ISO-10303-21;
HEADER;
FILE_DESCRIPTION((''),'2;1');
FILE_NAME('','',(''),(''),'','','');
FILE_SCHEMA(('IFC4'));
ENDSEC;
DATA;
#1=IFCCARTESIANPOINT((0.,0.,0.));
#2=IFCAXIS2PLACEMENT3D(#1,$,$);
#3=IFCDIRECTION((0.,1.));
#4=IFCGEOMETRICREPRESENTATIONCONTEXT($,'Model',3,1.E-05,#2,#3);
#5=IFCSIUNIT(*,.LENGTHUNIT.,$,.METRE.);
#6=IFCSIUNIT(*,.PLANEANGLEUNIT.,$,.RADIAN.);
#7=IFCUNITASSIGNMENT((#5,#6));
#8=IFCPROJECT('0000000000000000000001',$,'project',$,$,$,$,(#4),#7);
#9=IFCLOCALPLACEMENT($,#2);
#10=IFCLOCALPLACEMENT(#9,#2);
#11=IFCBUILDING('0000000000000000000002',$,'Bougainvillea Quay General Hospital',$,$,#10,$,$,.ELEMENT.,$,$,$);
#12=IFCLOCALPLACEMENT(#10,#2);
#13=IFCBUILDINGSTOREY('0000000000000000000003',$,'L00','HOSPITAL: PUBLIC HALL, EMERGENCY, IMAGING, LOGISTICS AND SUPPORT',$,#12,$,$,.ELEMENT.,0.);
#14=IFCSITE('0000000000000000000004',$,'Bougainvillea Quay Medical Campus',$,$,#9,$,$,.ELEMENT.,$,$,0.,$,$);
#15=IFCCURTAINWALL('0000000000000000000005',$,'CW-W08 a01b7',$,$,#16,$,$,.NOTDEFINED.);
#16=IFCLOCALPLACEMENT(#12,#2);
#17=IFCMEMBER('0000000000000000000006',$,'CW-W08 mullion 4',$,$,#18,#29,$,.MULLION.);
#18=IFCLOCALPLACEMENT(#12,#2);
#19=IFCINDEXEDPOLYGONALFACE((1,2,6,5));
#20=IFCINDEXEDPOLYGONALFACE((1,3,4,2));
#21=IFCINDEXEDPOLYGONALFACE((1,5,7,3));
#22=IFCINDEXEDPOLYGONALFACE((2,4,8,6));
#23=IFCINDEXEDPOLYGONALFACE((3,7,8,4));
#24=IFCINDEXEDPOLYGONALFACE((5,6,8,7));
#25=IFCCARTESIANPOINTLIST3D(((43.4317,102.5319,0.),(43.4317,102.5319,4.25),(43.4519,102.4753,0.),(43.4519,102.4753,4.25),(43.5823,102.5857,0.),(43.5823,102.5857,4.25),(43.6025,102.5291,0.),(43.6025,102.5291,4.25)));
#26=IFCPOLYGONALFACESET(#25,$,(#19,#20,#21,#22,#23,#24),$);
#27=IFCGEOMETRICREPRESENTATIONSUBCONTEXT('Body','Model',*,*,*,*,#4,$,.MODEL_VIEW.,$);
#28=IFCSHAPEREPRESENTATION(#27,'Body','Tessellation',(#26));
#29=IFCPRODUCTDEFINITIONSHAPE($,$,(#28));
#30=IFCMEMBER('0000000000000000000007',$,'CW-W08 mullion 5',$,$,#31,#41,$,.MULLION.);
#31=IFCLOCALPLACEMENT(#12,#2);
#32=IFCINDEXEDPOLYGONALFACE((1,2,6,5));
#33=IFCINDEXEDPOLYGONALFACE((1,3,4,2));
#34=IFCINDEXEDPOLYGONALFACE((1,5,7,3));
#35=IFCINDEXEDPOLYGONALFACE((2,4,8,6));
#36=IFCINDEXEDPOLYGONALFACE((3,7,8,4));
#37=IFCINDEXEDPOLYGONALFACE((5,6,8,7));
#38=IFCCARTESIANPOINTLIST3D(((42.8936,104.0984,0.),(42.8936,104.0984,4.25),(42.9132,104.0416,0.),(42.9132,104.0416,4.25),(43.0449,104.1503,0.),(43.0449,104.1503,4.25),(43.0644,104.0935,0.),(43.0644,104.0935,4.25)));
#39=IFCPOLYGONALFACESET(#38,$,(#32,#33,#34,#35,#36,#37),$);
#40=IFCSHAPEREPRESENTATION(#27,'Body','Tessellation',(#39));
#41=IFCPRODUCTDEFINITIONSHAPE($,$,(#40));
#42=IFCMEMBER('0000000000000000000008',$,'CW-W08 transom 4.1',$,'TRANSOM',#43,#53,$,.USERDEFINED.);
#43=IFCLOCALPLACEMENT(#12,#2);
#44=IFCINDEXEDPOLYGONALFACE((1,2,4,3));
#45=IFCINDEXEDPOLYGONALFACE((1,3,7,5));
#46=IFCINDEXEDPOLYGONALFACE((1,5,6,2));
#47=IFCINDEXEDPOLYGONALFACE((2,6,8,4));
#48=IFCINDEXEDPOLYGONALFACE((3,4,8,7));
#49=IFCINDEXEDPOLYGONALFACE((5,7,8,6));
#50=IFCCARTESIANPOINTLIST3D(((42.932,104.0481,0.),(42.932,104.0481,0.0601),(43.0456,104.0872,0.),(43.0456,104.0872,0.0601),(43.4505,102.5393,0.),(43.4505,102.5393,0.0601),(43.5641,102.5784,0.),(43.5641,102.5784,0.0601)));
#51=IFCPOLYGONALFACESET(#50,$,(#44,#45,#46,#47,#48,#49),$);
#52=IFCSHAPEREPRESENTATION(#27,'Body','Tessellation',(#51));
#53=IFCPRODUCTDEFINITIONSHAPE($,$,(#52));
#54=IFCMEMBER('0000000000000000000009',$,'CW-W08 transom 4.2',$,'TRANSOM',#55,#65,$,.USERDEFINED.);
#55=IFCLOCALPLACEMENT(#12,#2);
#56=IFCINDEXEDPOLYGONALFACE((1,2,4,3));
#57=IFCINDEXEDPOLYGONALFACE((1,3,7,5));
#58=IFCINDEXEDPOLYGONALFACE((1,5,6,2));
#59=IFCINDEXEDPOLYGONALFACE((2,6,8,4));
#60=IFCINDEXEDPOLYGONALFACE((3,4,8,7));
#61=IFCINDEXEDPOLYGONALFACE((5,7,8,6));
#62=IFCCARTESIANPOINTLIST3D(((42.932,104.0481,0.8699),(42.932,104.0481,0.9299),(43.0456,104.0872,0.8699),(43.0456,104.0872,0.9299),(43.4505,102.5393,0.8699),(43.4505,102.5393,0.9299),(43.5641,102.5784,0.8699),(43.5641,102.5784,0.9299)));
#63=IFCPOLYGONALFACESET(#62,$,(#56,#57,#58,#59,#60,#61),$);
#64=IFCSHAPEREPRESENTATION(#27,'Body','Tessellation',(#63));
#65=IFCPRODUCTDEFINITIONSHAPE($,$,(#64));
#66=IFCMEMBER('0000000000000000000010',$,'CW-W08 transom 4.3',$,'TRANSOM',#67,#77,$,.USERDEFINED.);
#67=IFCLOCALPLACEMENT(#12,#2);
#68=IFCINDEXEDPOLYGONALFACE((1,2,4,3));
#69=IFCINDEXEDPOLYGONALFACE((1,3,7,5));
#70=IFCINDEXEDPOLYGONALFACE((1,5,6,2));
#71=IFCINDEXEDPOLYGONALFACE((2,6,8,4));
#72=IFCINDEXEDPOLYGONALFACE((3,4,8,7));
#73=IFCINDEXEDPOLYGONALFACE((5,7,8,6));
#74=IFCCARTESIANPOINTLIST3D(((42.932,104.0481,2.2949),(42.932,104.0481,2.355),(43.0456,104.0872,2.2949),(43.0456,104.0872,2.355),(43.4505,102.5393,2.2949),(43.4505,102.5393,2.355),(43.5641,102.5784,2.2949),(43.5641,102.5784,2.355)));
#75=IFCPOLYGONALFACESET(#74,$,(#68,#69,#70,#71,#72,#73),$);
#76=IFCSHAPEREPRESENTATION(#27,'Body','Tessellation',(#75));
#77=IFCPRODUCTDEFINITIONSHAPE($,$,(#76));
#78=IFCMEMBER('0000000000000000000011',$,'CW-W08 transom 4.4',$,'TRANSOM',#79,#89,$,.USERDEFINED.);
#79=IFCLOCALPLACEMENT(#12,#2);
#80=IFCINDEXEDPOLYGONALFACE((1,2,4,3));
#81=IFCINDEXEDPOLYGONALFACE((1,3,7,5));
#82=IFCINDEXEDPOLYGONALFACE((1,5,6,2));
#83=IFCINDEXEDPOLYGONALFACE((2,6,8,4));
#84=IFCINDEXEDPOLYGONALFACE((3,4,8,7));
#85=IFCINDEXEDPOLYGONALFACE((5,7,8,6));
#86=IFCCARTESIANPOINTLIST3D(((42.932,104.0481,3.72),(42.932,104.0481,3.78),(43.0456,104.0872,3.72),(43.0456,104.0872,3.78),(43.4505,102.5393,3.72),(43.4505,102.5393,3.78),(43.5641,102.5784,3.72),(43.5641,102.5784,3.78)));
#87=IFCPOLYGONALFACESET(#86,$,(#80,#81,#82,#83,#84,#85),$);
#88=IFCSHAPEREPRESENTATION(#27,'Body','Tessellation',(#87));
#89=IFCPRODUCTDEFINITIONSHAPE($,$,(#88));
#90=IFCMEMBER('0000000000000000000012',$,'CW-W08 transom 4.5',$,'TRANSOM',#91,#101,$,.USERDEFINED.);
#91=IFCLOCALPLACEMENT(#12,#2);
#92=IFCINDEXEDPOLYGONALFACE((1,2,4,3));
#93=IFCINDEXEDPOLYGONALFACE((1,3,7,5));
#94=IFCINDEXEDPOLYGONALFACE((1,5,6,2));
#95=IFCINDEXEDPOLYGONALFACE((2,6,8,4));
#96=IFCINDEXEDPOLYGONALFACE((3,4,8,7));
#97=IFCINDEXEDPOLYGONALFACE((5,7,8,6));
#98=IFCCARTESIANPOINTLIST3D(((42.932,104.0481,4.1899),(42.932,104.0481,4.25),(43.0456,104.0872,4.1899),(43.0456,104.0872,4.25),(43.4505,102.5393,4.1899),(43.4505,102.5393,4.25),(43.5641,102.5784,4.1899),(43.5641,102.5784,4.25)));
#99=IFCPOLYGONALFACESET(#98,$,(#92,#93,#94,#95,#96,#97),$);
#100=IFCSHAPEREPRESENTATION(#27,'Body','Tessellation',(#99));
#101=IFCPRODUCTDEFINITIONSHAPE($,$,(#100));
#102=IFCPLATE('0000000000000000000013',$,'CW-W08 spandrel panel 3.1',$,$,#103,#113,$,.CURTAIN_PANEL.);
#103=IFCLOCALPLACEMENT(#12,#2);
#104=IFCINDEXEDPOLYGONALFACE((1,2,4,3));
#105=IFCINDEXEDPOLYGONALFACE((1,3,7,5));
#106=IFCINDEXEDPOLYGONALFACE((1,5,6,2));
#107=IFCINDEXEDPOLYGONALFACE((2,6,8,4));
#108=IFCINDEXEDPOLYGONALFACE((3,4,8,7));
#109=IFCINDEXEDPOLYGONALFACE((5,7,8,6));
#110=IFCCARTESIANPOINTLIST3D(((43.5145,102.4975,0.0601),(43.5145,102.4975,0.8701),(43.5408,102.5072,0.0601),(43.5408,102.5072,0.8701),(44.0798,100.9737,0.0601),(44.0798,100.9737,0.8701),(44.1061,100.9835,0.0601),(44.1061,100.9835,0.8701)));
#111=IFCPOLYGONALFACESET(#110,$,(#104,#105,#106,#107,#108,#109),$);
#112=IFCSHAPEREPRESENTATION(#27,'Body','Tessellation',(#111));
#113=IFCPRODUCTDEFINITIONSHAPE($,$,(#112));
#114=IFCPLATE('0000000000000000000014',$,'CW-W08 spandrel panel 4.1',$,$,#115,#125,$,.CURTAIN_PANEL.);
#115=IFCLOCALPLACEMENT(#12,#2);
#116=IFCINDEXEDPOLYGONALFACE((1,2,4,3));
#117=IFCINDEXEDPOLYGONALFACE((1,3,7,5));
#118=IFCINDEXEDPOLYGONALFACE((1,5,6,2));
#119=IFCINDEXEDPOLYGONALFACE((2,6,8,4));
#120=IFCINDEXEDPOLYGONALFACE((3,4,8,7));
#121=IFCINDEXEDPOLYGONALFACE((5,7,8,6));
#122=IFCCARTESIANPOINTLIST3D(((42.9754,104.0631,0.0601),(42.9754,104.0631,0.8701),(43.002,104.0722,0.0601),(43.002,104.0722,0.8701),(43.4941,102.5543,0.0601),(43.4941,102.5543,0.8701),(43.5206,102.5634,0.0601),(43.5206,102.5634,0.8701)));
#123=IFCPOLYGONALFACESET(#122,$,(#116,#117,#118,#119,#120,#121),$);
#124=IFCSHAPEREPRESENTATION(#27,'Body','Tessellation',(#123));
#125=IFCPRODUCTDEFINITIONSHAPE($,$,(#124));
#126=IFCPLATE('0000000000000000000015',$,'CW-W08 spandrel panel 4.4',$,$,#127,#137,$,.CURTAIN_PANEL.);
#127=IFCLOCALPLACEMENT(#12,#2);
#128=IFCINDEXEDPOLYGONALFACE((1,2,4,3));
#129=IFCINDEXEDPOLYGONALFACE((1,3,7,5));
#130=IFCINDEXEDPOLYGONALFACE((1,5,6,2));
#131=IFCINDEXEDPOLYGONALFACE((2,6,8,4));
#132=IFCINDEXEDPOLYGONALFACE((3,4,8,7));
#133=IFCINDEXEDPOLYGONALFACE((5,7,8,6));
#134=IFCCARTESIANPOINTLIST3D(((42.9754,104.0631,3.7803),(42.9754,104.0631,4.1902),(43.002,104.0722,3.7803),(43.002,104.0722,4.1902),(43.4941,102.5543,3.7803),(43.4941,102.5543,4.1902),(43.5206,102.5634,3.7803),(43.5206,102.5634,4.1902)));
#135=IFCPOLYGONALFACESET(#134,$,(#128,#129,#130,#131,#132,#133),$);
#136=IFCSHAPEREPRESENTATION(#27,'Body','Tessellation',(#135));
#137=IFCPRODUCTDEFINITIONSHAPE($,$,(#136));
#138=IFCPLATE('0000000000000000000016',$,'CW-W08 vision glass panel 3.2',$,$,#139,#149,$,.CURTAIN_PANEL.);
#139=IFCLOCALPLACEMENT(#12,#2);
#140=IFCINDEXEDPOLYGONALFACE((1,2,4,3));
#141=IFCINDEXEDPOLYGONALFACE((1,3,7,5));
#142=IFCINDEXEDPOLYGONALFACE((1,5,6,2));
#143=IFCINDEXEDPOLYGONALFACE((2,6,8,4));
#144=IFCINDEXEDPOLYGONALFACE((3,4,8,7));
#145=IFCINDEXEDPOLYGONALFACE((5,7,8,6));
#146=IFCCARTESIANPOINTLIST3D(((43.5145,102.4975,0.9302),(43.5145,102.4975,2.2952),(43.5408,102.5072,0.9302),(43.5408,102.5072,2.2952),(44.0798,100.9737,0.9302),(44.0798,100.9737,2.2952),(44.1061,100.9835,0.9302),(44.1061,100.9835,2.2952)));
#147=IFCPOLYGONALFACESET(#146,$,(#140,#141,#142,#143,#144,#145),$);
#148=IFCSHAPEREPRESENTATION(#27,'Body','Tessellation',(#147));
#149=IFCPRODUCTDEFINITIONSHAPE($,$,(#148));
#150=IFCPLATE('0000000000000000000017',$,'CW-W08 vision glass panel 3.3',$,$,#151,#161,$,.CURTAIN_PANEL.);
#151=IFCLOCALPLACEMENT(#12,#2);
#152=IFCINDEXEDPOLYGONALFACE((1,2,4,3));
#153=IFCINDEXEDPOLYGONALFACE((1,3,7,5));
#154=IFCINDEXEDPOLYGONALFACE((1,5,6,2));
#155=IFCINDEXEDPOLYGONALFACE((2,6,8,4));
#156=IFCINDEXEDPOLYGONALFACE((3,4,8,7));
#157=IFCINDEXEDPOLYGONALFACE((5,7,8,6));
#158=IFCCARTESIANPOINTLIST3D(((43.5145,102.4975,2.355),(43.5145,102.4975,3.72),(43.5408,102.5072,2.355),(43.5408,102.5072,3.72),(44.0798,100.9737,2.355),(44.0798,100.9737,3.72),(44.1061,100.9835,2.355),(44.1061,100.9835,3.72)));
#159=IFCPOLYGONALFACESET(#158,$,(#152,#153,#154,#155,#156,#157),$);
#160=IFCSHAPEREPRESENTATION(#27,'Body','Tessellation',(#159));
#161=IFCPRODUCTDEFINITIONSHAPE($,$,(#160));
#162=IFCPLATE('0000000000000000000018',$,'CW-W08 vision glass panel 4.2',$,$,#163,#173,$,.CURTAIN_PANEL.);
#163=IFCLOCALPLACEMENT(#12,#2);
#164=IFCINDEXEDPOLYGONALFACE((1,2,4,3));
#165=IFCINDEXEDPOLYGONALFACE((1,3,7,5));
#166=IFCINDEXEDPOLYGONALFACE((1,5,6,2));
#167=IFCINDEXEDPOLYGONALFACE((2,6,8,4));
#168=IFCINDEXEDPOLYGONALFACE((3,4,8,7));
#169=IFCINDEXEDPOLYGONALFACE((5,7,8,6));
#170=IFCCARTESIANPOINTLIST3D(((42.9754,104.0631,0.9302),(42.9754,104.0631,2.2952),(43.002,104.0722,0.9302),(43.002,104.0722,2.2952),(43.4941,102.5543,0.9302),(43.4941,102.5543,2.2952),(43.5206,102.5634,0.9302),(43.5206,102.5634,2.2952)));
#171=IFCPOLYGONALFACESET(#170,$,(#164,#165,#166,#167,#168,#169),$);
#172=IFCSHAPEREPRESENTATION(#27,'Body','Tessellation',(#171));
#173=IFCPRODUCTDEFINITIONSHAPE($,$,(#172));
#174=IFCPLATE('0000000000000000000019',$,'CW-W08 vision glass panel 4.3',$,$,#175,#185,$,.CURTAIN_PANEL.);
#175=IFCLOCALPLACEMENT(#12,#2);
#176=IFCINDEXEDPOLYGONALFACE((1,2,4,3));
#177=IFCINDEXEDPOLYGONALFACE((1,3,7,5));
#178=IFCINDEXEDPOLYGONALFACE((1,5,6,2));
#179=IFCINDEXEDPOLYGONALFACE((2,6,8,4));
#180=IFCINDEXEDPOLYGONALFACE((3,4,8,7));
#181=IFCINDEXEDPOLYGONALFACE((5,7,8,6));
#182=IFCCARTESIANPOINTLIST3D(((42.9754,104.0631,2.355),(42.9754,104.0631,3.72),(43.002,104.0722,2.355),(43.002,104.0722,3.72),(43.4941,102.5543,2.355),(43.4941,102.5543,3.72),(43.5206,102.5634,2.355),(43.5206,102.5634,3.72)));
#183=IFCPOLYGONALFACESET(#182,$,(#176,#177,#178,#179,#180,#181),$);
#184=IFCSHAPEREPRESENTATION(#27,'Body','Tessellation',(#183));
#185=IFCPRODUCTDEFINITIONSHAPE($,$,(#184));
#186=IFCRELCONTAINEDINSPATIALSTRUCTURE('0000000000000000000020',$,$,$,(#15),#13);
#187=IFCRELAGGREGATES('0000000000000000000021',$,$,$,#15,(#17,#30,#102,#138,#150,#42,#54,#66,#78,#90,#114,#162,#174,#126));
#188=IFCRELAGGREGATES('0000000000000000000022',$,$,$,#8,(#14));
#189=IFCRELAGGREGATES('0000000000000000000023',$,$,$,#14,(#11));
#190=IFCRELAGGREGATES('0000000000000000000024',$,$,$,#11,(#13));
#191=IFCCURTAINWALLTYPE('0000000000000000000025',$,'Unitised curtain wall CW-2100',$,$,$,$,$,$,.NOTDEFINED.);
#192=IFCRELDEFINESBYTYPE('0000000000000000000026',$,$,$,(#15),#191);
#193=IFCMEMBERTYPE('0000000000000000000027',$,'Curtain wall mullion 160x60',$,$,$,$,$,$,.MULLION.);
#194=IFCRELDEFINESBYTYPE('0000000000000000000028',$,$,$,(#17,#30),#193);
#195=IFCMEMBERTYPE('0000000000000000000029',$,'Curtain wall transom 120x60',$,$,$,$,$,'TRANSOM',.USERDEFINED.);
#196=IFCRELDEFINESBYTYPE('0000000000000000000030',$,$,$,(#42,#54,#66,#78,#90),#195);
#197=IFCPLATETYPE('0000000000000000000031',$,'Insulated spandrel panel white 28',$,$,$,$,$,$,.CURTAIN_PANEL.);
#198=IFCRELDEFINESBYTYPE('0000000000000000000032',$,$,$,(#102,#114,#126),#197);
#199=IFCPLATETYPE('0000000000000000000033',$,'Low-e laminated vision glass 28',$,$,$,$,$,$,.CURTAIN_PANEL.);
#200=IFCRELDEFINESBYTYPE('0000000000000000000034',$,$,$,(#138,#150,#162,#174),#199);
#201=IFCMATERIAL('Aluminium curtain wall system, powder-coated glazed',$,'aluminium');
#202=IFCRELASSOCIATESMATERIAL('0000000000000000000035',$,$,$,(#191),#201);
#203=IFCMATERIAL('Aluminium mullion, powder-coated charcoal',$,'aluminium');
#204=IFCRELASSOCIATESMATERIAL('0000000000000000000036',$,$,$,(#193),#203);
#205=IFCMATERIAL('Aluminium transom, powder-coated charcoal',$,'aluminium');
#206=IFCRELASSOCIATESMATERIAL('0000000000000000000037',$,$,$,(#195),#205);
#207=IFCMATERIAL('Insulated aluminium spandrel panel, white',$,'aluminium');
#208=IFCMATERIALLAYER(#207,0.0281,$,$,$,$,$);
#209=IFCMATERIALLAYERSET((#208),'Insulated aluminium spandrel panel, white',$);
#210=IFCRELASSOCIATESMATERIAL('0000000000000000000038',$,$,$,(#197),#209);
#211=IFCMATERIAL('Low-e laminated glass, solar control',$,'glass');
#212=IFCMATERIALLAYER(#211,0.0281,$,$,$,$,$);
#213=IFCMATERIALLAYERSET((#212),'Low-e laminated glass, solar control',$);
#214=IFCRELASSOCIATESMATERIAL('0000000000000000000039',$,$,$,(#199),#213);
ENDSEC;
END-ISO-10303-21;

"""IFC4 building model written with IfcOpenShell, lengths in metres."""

from ifc_helpers import new_model, si_unit, direction, frame, origin, origin_2d, place, context, subcontext, project, spatial, rectangle, extrude, material, layer, layer_set, material_profile, profile_set, type_object, element, aggregate, save


model = new_model("IFC4")

# Units and contexts
model_context = context("Model", 3, precision=1e-05, world=origin(), true_north=direction((0.0, 1.0)))
body_context = subcontext(model_context, "Body", "Model", "MODEL_VIEW")
ifc_project = project(units=[si_unit("LENGTHUNIT", "METRE"), si_unit("PLANEANGLEUNIT", "RADIAN")], contexts=[model_context])

# Site, building, storey
site_placement = place(None, origin())
site = spatial("IfcSite", under=ifc_project, at=site_placement, Name="Bougainvillea Quay Medical Campus", CompositionType="ELEMENT", RefElevation=0.0)
building_placement = place(site_placement, origin())
building = spatial("IfcBuilding", under=site, at=building_placement, Name="Bougainvillea Quay General Hospital", CompositionType="ELEMENT")
storey_placement = place(building_placement, origin())
storey = spatial("IfcBuildingStorey", under=building, at=storey_placement, Name="L00", Description="HOSPITAL: PUBLIC HALL, EMERGENCY, IMAGING, LOGISTICS AND SUPPORT", CompositionType="ELEMENT", Elevation=0.0)

# Curtain wall, members, plates
ifc_material_1 = material(Name="Aluminium curtain wall system, powder-coated glazed", Category="aluminium")
curtain_wall_type = type_object("IfcCurtainWallType", Name="Unitised curtain wall CW-2100", PredefinedType="NOTDEFINED", material=ifc_material_1)
curtain_wall_placement = place(storey_placement, origin())
curtain_wall = element("IfcCurtainWall", 1, at=curtain_wall_placement, inside=storey, type_object=curtain_wall_type, Name="CW-W08 a01b7", PredefinedType="NOTDEFINED")
ifc_material_2 = material(Name="Aluminium mullion, powder-coated charcoal", Category="aluminium")
ifc_material_profile_1 = material_profile(ifc_material_2, rectangle(XDim=0.1599, YDim=0.0601, at=origin_2d()))
ifc_profile_set_1 = profile_set([ifc_material_profile_1], Name="Aluminium mullion, powder-coated charcoal")
member_type_1 = type_object("IfcMemberType", Name="Curtain wall mullion 160x60", PredefinedType="MULLION", material=ifc_profile_set_1)
member_1_placement = place(storey_placement, frame((43.5171, 102.5305, 0.0), z_axis=(0.0, 0.0, 1.0), x_axis=(-0.94169, -0.336481, 0.0)))
member_1 = element("IfcMember", 2, at=member_1_placement, type_object=member_type_1, Name="CW-W08 mullion 4", PredefinedType="MULLION", context=body_context, shape_type="SweptSolid", body=[
    extrude(rectangle(XDim=0.1599, YDim=0.0601, at=origin_2d()), origin(), (0.0, 0.0, 1.0), 4.25),
])
member_2_placement = place(storey_placement, frame((42.979, 104.0959, 0.0), z_axis=(0.0, 0.0, 1.0), x_axis=(-0.945687, -0.325079, 0.0)))
member_2 = element("IfcMember", 3, at=member_2_placement, type_object=member_type_1, Name="CW-W08 mullion 5", PredefinedType="MULLION", context=body_context, shape_type="SweptSolid", body=[
    extrude(rectangle(XDim=0.1599, YDim=0.0601, at=origin_2d()), origin(), (0.0, 0.0, 1.0), 4.25),
])
ifc_material_3 = material(Name="Aluminium transom, powder-coated charcoal", Category="aluminium")
ifc_material_profile_2 = material_profile(ifc_material_3, rectangle(XDim=0.1201, YDim=0.0601, at=origin_2d()))
ifc_profile_set_2 = profile_set([ifc_material_profile_2], Name="Aluminium transom, powder-coated charcoal")
member_type_2 = type_object("IfcMemberType", Name="Curtain wall transom 120x60", ElementType="TRANSOM", PredefinedType="USERDEFINED", material=ifc_profile_set_2)
member_3_placement = place(storey_placement, frame((43.5073, 102.5588, 0.03), z_axis=(-0.325028, 0.945704, 0.0), x_axis=(-0.945704, -0.325028, 0.0)))
member_3 = element("IfcMember", 4, at=member_3_placement, type_object=member_type_2, Name="CW-W08 transom 4.1", ObjectType="TRANSOM", PredefinedType="USERDEFINED", context=body_context, shape_type="SweptSolid", body=[
    extrude(rectangle(XDim=0.1201, YDim=0.0601, at=origin_2d()), origin(), (0.0, 0.0, 1.0), 1.5955),
])
member_4_placement = place(storey_placement, frame((43.5073, 102.5588, 0.8999), z_axis=(-0.325028, 0.945704, 0.0), x_axis=(-0.945704, -0.325028, 0.0)))
member_4 = element("IfcMember", 5, at=member_4_placement, type_object=member_type_2, Name="CW-W08 transom 4.2", ObjectType="TRANSOM", PredefinedType="USERDEFINED", context=body_context, shape_type="SweptSolid", body=[
    extrude(rectangle(XDim=0.1201, YDim=0.0601, at=origin_2d()), origin(), (0.0, 0.0, 1.0), 1.5955),
])
member_5_placement = place(storey_placement, frame((43.5073, 102.5588, 2.325), z_axis=(-0.325028, 0.945704, 0.0), x_axis=(-0.945704, -0.325028, 0.0)))
member_5 = element("IfcMember", 6, at=member_5_placement, type_object=member_type_2, Name="CW-W08 transom 4.3", ObjectType="TRANSOM", PredefinedType="USERDEFINED", context=body_context, shape_type="SweptSolid", body=[
    extrude(rectangle(XDim=0.1201, YDim=0.0601, at=origin_2d()), origin(), (0.0, 0.0, 1.0), 1.5955),
])
member_6_placement = place(storey_placement, frame((43.5073, 102.5588, 3.75), z_axis=(-0.325028, 0.945704, 0.0), x_axis=(-0.945704, -0.325028, 0.0)))
member_6 = element("IfcMember", 7, at=member_6_placement, type_object=member_type_2, Name="CW-W08 transom 4.4", ObjectType="TRANSOM", PredefinedType="USERDEFINED", context=body_context, shape_type="SweptSolid", body=[
    extrude(rectangle(XDim=0.1201, YDim=0.0601, at=origin_2d()), origin(), (0.0, 0.0, 1.0), 1.5955),
])
member_7_placement = place(storey_placement, frame((43.5073, 102.5588, 4.22), z_axis=(-0.325028, 0.945704, 0.0), x_axis=(-0.945704, -0.325028, 0.0)))
member_7 = element("IfcMember", 8, at=member_7_placement, type_object=member_type_2, Name="CW-W08 transom 4.5", ObjectType="TRANSOM", PredefinedType="USERDEFINED", context=body_context, shape_type="SweptSolid", body=[
    extrude(rectangle(XDim=0.1201, YDim=0.0601, at=origin_2d()), origin(), (0.0, 0.0, 1.0), 1.5955),
])
ifc_material_4 = material(Name="Insulated aluminium spandrel panel, white", Category="aluminium")
ifc_layer_1 = layer(ifc_material_4, 0.0281)
ifc_layer_set_1 = layer_set([ifc_layer_1], Name="Insulated aluminium spandrel panel, white")
plate_type_1 = type_object("IfcPlateType", Name="Insulated spandrel panel white 28", PredefinedType="CURTAIN_PANEL", material=ifc_layer_set_1)
plate_1_placement = place(storey_placement, frame((43.8103, 101.7405, 0.0601), z_axis=(0.0, 0.0, 1.0), x_axis=(-0.347833, 0.937556, 0.0)))
plate_1 = element("IfcPlate", 9, at=plate_1_placement, type_object=plate_type_1, Name="CW-W08 spandrel panel 3.1", PredefinedType="CURTAIN_PANEL", context=body_context, shape_type="SweptSolid", body=[
    extrude(rectangle(XDim=1.6252, YDim=0.0281, at=origin_2d()), origin(), (0.0, 0.0, 1.0), 0.8101),
])
plate_2_placement = place(storey_placement, frame((43.248, 103.3132, 0.0601), z_axis=(0.0, 0.0, 1.0), x_axis=(-0.325079, 0.945687, 0.0)))
plate_2 = element("IfcPlate", 10, at=plate_2_placement, type_object=plate_type_1, Name="CW-W08 spandrel panel 4.1", PredefinedType="CURTAIN_PANEL", context=body_context, shape_type="SweptSolid", body=[
    extrude(rectangle(XDim=1.5955, YDim=0.0281, at=origin_2d()), origin(), (0.0, 0.0, 1.0), 0.8101),
])
plate_3_placement = place(storey_placement, frame((43.248, 103.3132, 3.7803), z_axis=(0.0, 0.0, 1.0), x_axis=(-0.325079, 0.945687, 0.0)))
plate_3 = element("IfcPlate", 11, at=plate_3_placement, type_object=plate_type_1, Name="CW-W08 spandrel panel 4.4", PredefinedType="CURTAIN_PANEL", context=body_context, shape_type="SweptSolid", body=[
    extrude(rectangle(XDim=1.5955, YDim=0.0281, at=origin_2d()), origin(), (0.0, 0.0, 1.0), 0.4099),
])
ifc_material_5 = material(Name="Low-e laminated glass, solar control", Category="glass")
ifc_layer_2 = layer(ifc_material_5, 0.0281)
ifc_layer_set_2 = layer_set([ifc_layer_2], Name="Low-e laminated glass, solar control")
plate_type_2 = type_object("IfcPlateType", Name="Low-e laminated vision glass 28", PredefinedType="CURTAIN_PANEL", material=ifc_layer_set_2)
plate_4_placement = place(storey_placement, frame((43.8103, 101.7405, 0.9302), z_axis=(0.0, 0.0, 1.0), x_axis=(-0.347833, 0.937556, 0.0)))
plate_4 = element("IfcPlate", 12, at=plate_4_placement, type_object=plate_type_2, Name="CW-W08 vision glass panel 3.2", PredefinedType="CURTAIN_PANEL", context=body_context, shape_type="SweptSolid", body=[
    extrude(rectangle(XDim=1.6252, YDim=0.0281, at=origin_2d()), origin(), (0.0, 0.0, 1.0), 1.365),
])
plate_5_placement = place(storey_placement, frame((43.8103, 101.7405, 2.355), z_axis=(0.0, 0.0, 1.0), x_axis=(-0.347833, 0.937556, 0.0)))
plate_5 = element("IfcPlate", 13, at=plate_5_placement, type_object=plate_type_2, Name="CW-W08 vision glass panel 3.3", PredefinedType="CURTAIN_PANEL", context=body_context, shape_type="SweptSolid", body=[
    extrude(rectangle(XDim=1.6252, YDim=0.0281, at=origin_2d()), origin(), (0.0, 0.0, 1.0), 1.365),
])
plate_6_placement = place(storey_placement, frame((43.248, 103.3132, 0.9302), z_axis=(0.0, 0.0, 1.0), x_axis=(-0.325079, 0.945687, 0.0)))
plate_6 = element("IfcPlate", 14, at=plate_6_placement, type_object=plate_type_2, Name="CW-W08 vision glass panel 4.2", PredefinedType="CURTAIN_PANEL", context=body_context, shape_type="SweptSolid", body=[
    extrude(rectangle(XDim=1.5955, YDim=0.0281, at=origin_2d()), origin(), (0.0, 0.0, 1.0), 1.365),
])
plate_7_placement = place(storey_placement, frame((43.248, 103.3132, 2.355), z_axis=(0.0, 0.0, 1.0), x_axis=(-0.325079, 0.945687, 0.0)))
plate_7 = element("IfcPlate", 15, at=plate_7_placement, type_object=plate_type_2, Name="CW-W08 vision glass panel 4.3", PredefinedType="CURTAIN_PANEL", context=body_context, shape_type="SweptSolid", body=[
    extrude(rectangle(XDim=1.5955, YDim=0.0281, at=origin_2d()), origin(), (0.0, 0.0, 1.0), 1.365),
])
aggregate(curtain_wall, [member_1, member_2, plate_1, plate_4, plate_5, member_3, member_4, member_5, member_6, member_7, plate_2, plate_6, plate_7, plate_3])

save(model, "model.ifc")
